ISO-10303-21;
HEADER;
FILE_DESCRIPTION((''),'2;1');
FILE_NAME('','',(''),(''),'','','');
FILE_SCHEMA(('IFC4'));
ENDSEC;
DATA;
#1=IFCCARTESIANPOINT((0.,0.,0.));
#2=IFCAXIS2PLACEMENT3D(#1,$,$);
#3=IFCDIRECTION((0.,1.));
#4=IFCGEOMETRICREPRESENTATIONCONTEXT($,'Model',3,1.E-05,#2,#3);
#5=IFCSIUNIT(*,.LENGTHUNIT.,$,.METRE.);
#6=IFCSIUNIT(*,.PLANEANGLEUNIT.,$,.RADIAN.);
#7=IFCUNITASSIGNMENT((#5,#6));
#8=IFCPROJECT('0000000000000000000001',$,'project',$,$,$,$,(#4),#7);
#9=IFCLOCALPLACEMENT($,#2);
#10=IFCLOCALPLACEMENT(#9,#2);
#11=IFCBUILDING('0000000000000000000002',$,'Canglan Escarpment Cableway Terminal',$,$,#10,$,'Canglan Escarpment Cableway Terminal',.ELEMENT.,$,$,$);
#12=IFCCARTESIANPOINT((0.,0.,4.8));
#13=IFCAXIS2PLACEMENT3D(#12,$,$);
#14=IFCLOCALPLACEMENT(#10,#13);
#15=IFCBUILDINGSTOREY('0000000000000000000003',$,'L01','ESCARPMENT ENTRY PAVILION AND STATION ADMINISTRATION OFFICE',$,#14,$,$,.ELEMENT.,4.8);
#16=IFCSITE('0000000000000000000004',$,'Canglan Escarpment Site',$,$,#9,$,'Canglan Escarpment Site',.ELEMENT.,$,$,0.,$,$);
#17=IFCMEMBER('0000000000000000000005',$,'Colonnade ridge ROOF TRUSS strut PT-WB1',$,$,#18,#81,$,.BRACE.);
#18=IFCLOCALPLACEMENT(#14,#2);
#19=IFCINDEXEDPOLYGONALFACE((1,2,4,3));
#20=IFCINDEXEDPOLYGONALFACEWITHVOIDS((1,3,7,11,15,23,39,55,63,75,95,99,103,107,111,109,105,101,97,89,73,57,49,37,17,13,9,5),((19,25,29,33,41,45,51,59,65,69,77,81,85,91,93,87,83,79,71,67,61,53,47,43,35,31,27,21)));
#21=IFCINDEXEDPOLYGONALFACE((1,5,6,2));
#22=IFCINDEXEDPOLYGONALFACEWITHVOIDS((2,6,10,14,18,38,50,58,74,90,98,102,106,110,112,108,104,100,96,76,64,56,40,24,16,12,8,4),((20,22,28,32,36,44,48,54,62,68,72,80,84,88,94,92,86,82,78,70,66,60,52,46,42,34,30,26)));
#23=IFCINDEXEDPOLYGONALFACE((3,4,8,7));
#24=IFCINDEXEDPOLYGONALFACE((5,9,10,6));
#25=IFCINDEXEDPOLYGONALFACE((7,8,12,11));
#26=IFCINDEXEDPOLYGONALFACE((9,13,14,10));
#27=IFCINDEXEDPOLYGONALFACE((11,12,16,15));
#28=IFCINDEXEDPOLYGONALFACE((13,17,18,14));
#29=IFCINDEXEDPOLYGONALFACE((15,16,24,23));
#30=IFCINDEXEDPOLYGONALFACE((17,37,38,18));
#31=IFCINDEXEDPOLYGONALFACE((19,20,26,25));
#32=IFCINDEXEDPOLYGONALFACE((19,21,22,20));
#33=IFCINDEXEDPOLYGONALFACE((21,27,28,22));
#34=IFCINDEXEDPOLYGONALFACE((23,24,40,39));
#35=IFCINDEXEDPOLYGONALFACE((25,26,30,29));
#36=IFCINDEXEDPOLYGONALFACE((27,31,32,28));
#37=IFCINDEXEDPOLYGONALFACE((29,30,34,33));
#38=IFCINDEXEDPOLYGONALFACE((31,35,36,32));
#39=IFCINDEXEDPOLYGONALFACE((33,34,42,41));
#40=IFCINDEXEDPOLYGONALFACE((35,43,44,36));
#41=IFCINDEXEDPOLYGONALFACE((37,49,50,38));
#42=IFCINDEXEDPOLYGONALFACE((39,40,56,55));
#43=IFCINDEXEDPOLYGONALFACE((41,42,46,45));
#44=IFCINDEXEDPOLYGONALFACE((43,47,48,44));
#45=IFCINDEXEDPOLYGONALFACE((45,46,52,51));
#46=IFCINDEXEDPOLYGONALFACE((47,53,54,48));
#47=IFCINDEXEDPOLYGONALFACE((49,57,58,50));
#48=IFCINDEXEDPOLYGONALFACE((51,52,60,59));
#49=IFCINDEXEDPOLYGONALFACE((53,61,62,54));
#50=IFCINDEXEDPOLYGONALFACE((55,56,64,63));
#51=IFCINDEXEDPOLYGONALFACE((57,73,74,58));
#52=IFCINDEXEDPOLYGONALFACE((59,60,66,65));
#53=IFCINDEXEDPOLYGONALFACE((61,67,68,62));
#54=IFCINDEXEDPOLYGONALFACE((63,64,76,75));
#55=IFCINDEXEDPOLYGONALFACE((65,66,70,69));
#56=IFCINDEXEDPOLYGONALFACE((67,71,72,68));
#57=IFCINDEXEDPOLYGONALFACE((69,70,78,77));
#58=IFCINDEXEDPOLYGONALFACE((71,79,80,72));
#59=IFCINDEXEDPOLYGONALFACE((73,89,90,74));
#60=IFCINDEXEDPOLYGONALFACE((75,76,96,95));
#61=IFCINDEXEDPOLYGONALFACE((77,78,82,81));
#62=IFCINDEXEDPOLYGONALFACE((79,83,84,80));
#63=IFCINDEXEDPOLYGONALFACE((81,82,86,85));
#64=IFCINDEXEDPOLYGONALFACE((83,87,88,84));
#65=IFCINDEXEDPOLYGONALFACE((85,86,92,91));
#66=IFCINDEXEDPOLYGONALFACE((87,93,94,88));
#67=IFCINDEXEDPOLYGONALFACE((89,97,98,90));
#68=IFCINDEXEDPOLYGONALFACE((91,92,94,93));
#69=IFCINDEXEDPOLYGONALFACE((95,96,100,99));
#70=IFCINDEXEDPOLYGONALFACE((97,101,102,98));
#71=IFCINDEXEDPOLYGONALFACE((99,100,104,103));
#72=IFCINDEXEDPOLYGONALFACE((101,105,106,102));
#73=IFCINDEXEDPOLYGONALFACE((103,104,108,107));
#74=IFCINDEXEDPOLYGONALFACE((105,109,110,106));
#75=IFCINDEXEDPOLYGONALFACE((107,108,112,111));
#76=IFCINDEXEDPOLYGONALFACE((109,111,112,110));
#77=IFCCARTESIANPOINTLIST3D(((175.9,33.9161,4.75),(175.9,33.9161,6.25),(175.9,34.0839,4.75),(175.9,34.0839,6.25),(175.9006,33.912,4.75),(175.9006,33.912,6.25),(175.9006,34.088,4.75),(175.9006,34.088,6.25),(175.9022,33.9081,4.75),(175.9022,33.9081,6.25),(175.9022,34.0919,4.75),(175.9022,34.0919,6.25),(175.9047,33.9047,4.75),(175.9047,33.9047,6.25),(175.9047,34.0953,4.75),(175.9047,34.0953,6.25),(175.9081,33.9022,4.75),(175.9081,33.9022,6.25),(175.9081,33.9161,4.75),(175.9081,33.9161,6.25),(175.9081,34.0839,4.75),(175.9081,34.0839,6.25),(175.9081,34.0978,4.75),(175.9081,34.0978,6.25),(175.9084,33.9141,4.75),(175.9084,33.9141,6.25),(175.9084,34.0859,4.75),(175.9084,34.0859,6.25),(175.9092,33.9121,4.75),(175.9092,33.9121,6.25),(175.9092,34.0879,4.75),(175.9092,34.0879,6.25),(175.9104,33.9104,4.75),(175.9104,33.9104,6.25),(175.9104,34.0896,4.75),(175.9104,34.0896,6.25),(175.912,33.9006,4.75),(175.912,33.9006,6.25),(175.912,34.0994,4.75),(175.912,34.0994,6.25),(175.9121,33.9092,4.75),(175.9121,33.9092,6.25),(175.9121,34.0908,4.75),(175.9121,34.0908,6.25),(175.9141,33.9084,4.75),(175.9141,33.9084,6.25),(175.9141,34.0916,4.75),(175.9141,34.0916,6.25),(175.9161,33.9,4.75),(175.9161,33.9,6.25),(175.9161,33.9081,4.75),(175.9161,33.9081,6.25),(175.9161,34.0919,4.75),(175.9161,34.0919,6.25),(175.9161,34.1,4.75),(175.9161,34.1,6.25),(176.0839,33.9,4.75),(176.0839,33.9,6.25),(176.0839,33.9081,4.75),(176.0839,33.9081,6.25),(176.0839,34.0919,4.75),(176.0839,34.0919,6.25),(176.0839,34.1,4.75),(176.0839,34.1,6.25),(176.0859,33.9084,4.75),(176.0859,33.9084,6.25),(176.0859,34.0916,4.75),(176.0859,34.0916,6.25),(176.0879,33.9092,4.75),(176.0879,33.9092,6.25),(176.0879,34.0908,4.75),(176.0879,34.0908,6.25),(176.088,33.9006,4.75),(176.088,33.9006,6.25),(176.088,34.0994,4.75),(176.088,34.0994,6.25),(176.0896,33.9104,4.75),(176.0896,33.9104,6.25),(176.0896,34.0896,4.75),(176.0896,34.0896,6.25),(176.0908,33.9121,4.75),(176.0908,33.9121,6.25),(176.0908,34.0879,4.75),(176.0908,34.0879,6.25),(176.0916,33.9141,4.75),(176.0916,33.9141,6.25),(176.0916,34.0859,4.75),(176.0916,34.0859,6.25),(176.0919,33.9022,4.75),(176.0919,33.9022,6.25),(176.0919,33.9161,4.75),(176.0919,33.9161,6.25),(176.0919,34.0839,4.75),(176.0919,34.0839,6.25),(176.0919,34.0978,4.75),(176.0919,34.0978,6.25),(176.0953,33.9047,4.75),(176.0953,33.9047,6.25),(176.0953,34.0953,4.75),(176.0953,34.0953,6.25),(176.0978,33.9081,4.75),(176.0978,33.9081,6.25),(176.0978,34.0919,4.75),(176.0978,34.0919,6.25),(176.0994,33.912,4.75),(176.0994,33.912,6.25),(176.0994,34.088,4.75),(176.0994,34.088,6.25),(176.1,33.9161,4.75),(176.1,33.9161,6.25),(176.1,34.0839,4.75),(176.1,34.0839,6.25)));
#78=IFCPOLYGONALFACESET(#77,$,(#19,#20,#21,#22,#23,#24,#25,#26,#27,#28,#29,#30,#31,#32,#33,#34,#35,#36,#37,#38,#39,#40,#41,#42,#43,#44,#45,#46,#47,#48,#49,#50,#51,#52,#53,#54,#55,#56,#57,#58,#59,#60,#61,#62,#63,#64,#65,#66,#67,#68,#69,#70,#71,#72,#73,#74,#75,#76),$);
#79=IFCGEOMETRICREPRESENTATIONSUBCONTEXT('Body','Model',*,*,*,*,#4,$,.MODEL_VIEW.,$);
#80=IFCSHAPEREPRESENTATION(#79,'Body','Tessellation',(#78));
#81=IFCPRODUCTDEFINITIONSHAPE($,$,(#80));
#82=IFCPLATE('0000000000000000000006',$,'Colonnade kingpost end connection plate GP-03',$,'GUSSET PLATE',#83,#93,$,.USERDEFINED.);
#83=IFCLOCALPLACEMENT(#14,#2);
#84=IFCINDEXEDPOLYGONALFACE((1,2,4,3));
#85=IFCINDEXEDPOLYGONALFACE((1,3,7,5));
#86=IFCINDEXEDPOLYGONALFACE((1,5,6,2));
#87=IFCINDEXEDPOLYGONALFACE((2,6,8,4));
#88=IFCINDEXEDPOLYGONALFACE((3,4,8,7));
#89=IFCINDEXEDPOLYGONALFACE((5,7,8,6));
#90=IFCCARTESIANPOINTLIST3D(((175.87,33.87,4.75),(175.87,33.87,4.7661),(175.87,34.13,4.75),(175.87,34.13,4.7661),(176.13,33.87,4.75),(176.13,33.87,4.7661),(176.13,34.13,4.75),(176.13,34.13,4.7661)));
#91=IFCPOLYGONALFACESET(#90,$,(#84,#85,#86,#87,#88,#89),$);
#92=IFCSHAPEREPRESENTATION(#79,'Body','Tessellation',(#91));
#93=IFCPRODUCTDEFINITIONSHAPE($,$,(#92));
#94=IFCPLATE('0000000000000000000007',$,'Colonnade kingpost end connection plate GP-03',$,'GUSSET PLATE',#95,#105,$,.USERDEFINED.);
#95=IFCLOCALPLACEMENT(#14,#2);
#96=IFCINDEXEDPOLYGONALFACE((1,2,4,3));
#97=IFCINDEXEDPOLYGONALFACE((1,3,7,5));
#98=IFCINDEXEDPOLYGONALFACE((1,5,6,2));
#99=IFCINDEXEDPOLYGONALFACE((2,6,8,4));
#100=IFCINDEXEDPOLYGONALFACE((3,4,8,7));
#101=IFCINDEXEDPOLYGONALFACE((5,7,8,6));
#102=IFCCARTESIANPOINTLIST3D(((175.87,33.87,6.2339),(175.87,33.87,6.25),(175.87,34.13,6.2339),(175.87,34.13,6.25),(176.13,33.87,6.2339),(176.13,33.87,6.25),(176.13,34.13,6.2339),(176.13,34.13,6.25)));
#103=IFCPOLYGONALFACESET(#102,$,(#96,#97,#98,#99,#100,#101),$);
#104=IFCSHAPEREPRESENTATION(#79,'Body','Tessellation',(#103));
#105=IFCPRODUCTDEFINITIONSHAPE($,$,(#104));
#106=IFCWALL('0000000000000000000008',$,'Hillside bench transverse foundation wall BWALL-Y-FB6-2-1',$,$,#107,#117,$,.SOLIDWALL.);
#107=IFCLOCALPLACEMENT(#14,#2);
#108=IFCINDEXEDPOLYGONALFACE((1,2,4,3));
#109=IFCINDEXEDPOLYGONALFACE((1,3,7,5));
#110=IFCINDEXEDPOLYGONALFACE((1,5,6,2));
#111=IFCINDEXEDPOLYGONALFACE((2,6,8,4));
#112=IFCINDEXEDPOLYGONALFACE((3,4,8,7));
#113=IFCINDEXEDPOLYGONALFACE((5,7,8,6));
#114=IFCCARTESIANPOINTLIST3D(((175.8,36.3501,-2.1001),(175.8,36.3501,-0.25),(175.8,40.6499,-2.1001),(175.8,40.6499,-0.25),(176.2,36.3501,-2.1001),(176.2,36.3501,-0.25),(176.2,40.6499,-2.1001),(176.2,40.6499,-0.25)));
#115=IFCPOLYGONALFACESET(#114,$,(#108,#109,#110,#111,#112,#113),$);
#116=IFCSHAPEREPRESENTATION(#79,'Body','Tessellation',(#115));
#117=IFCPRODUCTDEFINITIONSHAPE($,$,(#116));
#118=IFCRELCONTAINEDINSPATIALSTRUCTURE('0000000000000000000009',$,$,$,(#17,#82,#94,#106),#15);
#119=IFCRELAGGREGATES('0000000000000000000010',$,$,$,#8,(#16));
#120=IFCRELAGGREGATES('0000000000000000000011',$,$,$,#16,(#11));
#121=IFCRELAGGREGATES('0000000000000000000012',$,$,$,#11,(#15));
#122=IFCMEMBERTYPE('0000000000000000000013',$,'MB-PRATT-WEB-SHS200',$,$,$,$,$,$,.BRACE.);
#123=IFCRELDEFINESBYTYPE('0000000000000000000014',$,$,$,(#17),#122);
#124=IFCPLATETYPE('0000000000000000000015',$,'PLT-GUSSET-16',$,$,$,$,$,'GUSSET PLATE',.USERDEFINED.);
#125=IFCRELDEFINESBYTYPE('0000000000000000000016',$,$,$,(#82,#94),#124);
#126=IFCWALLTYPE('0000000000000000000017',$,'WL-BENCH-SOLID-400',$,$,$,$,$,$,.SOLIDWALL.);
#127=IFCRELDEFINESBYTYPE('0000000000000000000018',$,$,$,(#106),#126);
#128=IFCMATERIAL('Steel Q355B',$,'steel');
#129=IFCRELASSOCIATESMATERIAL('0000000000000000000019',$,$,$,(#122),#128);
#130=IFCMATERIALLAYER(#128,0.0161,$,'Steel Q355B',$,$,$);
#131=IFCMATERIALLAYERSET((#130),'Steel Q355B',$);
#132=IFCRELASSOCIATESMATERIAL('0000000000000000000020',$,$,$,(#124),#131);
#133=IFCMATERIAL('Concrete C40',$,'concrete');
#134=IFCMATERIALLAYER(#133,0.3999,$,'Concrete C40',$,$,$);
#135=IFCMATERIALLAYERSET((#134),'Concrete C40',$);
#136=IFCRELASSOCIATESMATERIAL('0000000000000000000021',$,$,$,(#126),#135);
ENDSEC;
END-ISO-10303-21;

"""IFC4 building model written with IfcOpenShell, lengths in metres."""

from ifc_helpers import new_model, si_unit, direction, frame, frame_2d, origin, origin_2d, place, context, subcontext, project, spatial, rectangle, hollow_rectangle, extrude, material, layer, layer_set, material_profile, profile_set, type_object, element, save


model = new_model("IFC4")

# Units and contexts
model_context = context("Model", 3, precision=1e-05, world=origin(), true_north=direction((0.0, 1.0)))
body_context = subcontext(model_context, "Body", "Model", "MODEL_VIEW")
ifc_project = project(units=[si_unit("LENGTHUNIT", "METRE"), si_unit("PLANEANGLEUNIT", "RADIAN")], contexts=[model_context])

# Site, building, storey
site_placement = place(None, origin())
site = spatial("IfcSite", under=ifc_project, at=site_placement, Name="Canglan Escarpment Site", LongName="Canglan Escarpment Site", CompositionType="ELEMENT", RefElevation=0.0)
building_placement = place(site_placement, origin())
building = spatial("IfcBuilding", under=site, at=building_placement, Name="Canglan Escarpment Cableway Terminal", LongName="Canglan Escarpment Cableway Terminal", CompositionType="ELEMENT")
storey_placement = place(building_placement, frame((0.0, 0.0, 4.8)))
storey = spatial("IfcBuildingStorey", under=building, at=storey_placement, Name="L01", Description="ESCARPMENT ENTRY PAVILION AND STATION ADMINISTRATION OFFICE", CompositionType="ELEMENT", Elevation=4.8)

# Shared definitions
ifc_material_1 = material(Name="Concrete C40", Category="concrete")

# Shared definitions
ifc_material_2 = material(Name="Steel Q355B", Category="steel")

# Member
ifc_material_profile_1 = material_profile(ifc_material_2, hollow_rectangle(XDim=0.2, YDim=0.2, WallThickness=0.0081, InnerFilletRadius=0.0081, OuterFilletRadius=0.0161, at=origin_2d()), Name="SHS 200x200x8")
ifc_profile_set_1 = profile_set([ifc_material_profile_1], Name="Steel Q355B")
member_type_1 = type_object("IfcMemberType", Name="MB-PRATT-WEB-SHS200", PredefinedType="BRACE", material=ifc_profile_set_1)
member_1_placement = place(storey_placement, frame((176.0, 34.0, 4.75), z_axis=(0.0, 0.0, 1.0), x_axis=(1.0, 0.0, 0.0)))
element("IfcMember", 1, at=member_1_placement, inside=storey, type_object=member_type_1, Name="Colonnade ridge ROOF TRUSS strut PT-WB1", PredefinedType="BRACE", context=body_context, shape_type="SweptSolid", body=[
    extrude(hollow_rectangle(XDim=0.2, YDim=0.2, WallThickness=0.0081, InnerFilletRadius=0.0081, OuterFilletRadius=0.0161, at=origin_2d()), origin(), (0.0, 0.0, 1.0), 1.5),
])

# Plates
ifc_layer_1 = layer(ifc_material_2, 0.0161, Name="Steel Q355B")
ifc_layer_set_1 = layer_set([ifc_layer_1], Name="Steel Q355B")
plate_type = type_object("IfcPlateType", Name="PLT-GUSSET-16", ElementType="GUSSET PLATE", PredefinedType="USERDEFINED", material=ifc_layer_set_1)
for number, where, z_axis, x_axis, name in (
    (2, (176.0, 34.0, 4.75), (0.0, 0.0, 1.0), (1.0, 0.0, 0.0), "Colonnade kingpost end connection plate GP-03"),
    (3, (176.0, 34.0, 6.2339), (0.0, 0.0, 1.0), (1.0, 0.0, 0.0), "Colonnade kingpost end connection plate GP-03"),
):
    element("IfcPlate", number, at=place(storey_placement, frame(where, z_axis=z_axis, x_axis=x_axis)), inside=storey, type_object=plate_type, Name=name, ObjectType="GUSSET PLATE", PredefinedType="USERDEFINED", context=body_context, shape_type="SweptSolid", body=[
        extrude(rectangle(XDim=0.26, YDim=0.26, at=origin_2d()), origin(), (0.0, 0.0, 1.0), 0.0161),
    ])

# Wall
ifc_layer_2 = layer(ifc_material_1, 0.3999, Name="Concrete C40")
ifc_layer_set_2 = layer_set([ifc_layer_2], Name="Concrete C40")
wall_type = type_object("IfcWallType", Name="WL-BENCH-SOLID-400", PredefinedType="SOLIDWALL", material=ifc_layer_set_2)
wall_placement = place(storey_placement, frame((176.0, 36.3501, -2.1001), z_axis=(0.0, 0.0, 1.0), x_axis=(0.0, 1.0, 0.0)))
element("IfcWall", 4, at=wall_placement, inside=storey, type_object=wall_type, Name="Hillside bench transverse foundation wall BWALL-Y-FB6-2-1", PredefinedType="SOLIDWALL", context=body_context, shape_type="SweptSolid", body=[
    extrude(rectangle(XDim=4.2998, YDim=0.3999, at=frame_2d((2.1499, 0.0))), origin(), (0.0, 0.0, 1.0), 1.8501),
])

save(model, "model.ifc")
